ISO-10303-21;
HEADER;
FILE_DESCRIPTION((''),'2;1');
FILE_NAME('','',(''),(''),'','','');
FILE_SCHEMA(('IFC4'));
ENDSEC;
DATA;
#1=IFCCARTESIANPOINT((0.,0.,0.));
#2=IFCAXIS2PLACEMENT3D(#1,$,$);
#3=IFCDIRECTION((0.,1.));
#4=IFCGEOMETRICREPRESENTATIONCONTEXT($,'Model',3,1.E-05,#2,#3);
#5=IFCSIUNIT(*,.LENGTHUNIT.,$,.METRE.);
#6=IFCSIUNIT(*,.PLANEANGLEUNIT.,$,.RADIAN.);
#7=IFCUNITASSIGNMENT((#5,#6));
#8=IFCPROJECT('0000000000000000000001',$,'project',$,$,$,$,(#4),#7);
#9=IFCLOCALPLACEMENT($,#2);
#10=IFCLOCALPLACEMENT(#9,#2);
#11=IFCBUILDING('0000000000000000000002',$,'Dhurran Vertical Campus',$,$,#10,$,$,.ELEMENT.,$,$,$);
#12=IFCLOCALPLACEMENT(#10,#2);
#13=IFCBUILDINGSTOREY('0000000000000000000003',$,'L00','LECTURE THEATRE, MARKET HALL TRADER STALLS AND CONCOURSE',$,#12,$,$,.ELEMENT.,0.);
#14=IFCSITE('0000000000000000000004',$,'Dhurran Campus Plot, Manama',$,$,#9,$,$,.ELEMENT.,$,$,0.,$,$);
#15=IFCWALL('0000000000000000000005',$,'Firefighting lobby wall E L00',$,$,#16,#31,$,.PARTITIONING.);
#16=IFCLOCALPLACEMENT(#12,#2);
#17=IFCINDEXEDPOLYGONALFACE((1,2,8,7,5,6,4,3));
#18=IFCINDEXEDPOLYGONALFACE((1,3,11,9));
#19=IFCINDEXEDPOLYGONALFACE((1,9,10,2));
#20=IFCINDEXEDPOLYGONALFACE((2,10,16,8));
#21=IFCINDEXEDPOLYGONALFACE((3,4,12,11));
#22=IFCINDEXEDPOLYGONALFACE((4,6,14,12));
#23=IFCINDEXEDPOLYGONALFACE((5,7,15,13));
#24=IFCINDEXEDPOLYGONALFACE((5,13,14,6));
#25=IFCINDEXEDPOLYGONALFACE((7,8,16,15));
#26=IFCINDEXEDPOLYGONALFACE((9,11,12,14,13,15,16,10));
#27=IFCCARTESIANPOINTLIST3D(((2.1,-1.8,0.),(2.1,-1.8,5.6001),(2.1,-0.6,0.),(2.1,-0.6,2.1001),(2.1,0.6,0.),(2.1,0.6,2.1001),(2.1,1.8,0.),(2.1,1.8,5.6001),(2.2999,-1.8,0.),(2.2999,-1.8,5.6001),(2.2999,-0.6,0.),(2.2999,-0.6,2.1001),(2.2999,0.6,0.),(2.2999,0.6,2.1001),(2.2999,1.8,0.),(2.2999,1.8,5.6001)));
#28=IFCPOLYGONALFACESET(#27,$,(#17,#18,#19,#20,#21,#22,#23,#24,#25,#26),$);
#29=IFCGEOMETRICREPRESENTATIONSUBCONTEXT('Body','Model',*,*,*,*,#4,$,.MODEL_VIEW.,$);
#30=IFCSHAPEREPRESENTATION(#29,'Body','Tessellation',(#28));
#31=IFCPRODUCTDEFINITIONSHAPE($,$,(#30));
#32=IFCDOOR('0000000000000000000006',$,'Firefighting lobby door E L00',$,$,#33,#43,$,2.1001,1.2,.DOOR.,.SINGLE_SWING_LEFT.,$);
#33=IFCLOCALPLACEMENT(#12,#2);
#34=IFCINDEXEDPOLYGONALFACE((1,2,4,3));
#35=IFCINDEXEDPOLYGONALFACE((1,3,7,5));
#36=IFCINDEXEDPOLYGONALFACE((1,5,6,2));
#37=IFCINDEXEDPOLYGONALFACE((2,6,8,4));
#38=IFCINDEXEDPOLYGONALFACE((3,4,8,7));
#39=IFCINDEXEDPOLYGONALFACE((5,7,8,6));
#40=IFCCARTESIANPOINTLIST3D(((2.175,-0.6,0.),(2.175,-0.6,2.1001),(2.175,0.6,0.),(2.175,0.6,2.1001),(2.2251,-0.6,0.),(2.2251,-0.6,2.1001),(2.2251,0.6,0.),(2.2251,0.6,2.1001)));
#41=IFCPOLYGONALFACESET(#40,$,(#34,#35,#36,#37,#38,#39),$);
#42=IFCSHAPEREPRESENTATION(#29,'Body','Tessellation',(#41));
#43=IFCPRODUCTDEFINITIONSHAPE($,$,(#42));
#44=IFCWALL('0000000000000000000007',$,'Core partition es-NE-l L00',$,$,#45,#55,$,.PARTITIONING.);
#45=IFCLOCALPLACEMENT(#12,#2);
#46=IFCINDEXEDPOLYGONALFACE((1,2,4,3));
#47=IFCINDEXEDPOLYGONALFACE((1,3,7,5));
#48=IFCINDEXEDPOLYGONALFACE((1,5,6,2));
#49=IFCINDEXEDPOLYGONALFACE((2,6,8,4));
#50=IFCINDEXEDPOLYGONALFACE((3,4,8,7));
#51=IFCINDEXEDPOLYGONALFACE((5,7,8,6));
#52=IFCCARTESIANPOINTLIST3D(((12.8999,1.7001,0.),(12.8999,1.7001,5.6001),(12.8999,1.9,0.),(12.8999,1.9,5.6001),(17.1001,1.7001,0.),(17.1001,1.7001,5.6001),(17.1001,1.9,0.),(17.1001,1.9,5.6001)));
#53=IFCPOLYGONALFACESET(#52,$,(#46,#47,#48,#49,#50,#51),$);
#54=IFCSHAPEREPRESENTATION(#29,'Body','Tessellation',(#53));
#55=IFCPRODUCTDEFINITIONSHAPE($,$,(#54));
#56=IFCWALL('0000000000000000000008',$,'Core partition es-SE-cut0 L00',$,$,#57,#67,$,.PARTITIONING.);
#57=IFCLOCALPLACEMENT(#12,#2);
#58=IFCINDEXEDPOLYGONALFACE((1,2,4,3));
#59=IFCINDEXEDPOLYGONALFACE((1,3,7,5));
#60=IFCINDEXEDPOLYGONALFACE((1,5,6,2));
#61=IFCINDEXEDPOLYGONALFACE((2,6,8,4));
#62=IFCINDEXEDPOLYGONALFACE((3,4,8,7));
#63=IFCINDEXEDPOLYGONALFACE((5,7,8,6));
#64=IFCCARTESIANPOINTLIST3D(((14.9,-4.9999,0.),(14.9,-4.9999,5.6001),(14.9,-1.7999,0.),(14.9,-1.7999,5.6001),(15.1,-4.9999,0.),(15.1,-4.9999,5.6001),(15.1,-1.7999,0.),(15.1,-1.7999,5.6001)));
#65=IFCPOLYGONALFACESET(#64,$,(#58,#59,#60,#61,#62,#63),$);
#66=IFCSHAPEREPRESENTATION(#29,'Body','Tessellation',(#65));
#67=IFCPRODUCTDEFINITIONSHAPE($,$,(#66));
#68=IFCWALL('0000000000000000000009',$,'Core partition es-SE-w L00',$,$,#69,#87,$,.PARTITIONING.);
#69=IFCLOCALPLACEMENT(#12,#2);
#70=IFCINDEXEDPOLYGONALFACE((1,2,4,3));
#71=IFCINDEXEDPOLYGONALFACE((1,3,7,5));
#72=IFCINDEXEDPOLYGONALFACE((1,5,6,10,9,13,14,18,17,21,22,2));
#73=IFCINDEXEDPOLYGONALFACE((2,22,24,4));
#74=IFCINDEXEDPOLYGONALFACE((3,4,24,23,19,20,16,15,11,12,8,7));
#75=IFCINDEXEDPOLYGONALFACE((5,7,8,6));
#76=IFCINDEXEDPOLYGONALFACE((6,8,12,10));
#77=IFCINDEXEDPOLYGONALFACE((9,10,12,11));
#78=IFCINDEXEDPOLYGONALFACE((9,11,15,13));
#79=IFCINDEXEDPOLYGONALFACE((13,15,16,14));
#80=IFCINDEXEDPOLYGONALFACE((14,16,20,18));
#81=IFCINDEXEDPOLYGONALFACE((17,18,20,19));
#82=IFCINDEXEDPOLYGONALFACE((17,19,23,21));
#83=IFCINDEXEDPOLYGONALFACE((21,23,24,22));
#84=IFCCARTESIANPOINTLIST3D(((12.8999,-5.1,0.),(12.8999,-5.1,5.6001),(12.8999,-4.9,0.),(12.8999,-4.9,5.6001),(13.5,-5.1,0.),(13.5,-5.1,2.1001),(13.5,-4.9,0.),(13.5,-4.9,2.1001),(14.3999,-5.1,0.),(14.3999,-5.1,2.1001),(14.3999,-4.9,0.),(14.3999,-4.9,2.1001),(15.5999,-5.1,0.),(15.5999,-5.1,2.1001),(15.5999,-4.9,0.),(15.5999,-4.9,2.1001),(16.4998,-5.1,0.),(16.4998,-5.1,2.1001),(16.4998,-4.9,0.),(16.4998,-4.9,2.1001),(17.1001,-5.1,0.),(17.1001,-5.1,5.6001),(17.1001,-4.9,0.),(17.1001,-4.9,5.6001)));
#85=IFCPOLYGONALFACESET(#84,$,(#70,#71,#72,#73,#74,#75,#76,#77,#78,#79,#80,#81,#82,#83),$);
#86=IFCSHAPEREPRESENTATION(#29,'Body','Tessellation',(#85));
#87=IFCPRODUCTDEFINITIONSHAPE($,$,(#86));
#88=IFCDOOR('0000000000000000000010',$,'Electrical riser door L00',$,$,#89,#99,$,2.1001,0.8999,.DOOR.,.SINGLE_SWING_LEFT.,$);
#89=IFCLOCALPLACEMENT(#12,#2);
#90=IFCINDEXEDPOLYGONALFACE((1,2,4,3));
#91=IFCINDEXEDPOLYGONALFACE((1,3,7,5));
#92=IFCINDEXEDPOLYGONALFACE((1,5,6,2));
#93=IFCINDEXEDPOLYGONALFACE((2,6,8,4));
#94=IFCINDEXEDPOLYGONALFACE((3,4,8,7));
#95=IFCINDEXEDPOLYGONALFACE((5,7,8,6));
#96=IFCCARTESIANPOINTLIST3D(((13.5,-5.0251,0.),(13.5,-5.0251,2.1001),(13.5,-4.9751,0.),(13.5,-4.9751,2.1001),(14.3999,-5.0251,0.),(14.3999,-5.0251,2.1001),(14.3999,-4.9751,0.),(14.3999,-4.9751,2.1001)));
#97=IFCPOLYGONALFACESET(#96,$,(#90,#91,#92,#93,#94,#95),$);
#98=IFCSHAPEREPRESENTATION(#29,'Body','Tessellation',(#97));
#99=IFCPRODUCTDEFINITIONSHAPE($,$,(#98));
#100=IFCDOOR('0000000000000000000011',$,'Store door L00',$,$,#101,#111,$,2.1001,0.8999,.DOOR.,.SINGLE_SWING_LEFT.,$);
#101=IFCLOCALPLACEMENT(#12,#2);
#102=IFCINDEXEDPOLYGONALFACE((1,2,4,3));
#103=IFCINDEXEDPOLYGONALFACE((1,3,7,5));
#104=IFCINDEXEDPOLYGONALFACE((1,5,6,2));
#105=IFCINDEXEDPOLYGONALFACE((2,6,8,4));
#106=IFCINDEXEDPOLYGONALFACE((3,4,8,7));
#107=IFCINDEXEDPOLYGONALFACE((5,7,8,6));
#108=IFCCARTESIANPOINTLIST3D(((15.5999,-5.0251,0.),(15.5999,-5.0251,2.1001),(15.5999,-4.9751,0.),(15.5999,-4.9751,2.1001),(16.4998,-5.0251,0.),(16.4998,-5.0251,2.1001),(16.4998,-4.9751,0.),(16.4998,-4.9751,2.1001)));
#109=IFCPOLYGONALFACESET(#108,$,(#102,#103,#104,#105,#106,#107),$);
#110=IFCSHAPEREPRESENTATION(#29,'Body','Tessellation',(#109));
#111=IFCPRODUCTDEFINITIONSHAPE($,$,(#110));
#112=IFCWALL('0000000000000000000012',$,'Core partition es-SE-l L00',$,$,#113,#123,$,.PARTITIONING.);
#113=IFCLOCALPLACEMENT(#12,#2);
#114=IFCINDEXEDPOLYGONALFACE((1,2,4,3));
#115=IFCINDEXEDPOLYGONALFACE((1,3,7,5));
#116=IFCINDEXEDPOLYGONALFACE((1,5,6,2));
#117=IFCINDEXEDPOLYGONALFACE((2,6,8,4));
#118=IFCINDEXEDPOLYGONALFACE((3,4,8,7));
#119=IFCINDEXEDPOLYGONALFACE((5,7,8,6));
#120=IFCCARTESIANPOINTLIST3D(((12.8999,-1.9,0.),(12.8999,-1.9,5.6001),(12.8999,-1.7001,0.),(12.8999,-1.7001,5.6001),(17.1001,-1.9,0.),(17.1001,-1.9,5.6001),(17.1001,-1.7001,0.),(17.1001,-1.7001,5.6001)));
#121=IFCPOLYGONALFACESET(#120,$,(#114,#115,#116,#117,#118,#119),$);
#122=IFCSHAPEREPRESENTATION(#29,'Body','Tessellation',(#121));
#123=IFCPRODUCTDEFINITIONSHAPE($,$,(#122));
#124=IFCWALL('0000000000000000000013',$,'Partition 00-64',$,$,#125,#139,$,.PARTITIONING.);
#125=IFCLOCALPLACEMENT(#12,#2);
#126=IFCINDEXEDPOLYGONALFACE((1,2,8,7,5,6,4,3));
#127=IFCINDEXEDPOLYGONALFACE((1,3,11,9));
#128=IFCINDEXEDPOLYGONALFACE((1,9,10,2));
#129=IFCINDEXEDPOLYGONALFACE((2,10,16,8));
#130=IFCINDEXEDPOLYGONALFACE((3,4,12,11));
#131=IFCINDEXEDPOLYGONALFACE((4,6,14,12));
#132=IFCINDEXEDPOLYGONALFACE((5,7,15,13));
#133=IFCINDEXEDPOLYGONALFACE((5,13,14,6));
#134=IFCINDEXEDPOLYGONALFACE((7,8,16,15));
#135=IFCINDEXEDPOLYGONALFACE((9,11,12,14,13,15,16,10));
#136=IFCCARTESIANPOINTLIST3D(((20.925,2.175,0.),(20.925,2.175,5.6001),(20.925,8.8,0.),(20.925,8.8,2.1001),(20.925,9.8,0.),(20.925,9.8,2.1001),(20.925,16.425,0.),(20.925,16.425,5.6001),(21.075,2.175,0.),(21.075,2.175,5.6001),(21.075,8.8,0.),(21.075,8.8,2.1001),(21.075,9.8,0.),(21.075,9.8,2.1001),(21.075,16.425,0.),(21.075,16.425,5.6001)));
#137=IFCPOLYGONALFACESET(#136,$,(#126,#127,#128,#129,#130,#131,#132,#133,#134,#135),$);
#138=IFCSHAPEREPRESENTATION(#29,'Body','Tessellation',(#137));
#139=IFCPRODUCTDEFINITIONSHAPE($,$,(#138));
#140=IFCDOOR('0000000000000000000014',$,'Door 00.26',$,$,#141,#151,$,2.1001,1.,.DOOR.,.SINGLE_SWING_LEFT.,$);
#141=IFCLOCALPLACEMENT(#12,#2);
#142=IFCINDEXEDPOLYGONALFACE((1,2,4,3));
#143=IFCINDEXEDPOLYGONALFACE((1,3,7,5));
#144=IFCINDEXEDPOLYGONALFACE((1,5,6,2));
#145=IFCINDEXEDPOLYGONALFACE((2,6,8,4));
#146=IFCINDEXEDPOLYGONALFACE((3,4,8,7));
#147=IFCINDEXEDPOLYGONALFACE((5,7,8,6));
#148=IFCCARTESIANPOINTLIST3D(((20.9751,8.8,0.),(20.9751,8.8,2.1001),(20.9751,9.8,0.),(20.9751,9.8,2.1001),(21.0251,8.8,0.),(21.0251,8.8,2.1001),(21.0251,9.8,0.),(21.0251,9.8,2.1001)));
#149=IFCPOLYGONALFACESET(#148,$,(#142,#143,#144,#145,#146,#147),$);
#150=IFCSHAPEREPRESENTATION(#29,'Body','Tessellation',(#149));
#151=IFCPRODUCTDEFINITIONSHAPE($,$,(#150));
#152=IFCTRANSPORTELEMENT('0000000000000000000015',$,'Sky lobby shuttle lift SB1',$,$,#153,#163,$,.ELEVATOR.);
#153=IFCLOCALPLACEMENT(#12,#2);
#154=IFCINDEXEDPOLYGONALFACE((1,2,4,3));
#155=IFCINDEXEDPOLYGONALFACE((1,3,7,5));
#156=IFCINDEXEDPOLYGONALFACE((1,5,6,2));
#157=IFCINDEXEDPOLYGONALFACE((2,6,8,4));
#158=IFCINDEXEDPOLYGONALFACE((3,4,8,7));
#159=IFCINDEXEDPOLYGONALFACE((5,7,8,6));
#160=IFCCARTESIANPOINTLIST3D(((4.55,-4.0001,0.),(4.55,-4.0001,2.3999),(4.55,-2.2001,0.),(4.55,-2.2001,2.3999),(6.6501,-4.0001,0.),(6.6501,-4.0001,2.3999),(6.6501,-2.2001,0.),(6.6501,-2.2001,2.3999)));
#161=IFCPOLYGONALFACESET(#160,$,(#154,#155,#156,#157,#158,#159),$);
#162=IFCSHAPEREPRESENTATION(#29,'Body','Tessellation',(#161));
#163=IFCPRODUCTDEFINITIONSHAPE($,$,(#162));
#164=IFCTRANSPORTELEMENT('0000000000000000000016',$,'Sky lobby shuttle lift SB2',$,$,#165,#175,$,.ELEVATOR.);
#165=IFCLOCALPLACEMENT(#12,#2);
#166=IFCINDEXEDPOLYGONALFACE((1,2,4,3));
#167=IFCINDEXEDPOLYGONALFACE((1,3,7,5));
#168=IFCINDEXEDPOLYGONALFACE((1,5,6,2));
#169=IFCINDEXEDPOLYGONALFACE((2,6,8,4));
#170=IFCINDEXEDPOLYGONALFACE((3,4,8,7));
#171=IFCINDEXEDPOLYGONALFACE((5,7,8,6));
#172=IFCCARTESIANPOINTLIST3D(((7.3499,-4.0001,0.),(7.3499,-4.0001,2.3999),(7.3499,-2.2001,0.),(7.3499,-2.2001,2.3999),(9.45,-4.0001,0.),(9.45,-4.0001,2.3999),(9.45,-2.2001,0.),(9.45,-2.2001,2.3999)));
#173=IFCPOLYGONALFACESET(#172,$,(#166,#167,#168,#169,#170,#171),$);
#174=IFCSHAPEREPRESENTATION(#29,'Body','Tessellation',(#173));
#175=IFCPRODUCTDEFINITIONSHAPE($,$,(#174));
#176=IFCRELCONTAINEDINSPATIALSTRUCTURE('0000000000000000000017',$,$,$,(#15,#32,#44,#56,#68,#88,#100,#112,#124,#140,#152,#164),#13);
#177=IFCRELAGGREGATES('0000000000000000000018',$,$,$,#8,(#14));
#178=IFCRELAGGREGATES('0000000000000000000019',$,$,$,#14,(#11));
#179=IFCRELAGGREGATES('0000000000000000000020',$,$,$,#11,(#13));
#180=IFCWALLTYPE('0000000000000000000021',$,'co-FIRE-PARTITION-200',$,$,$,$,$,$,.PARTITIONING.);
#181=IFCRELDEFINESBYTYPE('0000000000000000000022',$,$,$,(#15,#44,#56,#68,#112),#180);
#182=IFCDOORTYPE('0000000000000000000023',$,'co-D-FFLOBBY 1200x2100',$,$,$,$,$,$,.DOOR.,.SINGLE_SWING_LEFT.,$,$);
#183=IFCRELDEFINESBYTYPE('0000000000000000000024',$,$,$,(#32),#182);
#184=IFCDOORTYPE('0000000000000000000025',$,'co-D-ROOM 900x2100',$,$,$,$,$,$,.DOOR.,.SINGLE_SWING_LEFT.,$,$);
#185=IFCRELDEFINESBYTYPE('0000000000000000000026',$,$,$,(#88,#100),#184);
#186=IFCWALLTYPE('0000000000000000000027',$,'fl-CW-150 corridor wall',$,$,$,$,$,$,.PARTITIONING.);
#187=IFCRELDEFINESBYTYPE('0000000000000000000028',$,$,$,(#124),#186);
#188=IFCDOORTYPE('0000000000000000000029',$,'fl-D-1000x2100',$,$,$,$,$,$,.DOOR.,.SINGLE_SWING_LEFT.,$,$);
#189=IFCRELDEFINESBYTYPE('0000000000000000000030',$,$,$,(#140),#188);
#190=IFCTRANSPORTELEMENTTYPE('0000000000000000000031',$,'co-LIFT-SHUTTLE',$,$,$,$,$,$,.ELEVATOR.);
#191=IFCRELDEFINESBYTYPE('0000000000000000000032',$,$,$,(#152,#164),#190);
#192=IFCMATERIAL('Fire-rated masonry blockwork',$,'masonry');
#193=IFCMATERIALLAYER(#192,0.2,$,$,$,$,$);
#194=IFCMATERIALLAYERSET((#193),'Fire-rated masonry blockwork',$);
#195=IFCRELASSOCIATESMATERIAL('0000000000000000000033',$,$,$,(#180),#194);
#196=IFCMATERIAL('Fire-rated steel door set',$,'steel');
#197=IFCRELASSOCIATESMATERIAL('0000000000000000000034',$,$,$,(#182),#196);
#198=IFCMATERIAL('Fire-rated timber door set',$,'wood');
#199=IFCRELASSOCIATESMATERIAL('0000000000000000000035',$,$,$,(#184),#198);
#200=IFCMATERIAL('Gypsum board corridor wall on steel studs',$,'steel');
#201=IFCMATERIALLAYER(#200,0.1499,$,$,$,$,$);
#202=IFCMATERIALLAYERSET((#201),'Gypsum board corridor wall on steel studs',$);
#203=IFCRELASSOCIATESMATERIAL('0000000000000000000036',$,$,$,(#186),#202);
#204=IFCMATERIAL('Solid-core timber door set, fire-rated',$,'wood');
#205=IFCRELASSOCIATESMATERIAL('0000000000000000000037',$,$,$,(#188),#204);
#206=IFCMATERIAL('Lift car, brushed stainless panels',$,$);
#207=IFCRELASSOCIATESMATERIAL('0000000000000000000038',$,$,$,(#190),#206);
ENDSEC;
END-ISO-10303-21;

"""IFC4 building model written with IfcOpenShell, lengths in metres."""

from ifc_helpers import new_model, si_unit, direction, frame, frame_2d, origin, origin_2d, place, context, subcontext, project, spatial, rectangle, extrude, material, layer, layer_set, type_object, element, fill, save


model = new_model("IFC4")

# Units and contexts
model_context = context("Model", 3, precision=1e-05, world=origin(), true_north=direction((0.0, 1.0)))
body_context = subcontext(model_context, "Body", "Model", "MODEL_VIEW")
ifc_project = project(units=[si_unit("LENGTHUNIT", "METRE"), si_unit("PLANEANGLEUNIT", "RADIAN")], contexts=[model_context])

# Site, building, storey
site_placement = place(None, origin())
site = spatial("IfcSite", under=ifc_project, at=site_placement, Name="Dhurran Campus Plot, Manama", CompositionType="ELEMENT", RefElevation=0.0)
building_placement = place(site_placement, origin())
building = spatial("IfcBuilding", under=site, at=building_placement, Name="Dhurran Vertical Campus", CompositionType="ELEMENT")
storey_placement = place(building_placement, origin())
storey = spatial("IfcBuildingStorey", under=building, at=storey_placement, Name="L00", Description="LECTURE THEATRE, MARKET HALL TRADER STALLS AND CONCOURSE", CompositionType="ELEMENT", Elevation=0.0)

# Wall, opening, door
ifc_material_1 = material(Name="Fire-rated masonry blockwork", Category="masonry")
ifc_layer_1 = layer(ifc_material_1, 0.2)
ifc_layer_set_1 = layer_set([ifc_layer_1], Name="Fire-rated masonry blockwork")
wall_type_1 = type_object("IfcWallType", Name="co-FIRE-PARTITION-200", PredefinedType="PARTITIONING", material=ifc_layer_set_1)
wall_1_placement = place(storey_placement, frame((2.2, -1.8, 0.0), z_axis=(0.0, 0.0, 1.0), x_axis=(0.0, 1.0, 0.0)))
wall_1 = element("IfcWall", 1, at=wall_1_placement, inside=storey, type_object=wall_type_1, Name="Firefighting lobby wall E L00", PredefinedType="PARTITIONING", context=body_context, shape_type="SweptSolid", body=[
    extrude(rectangle(XDim=3.6001, YDim=0.2, at=frame_2d((1.8, 0.0))), origin(), (0.0, 0.0, 1.0), 5.6001),
])
opening_1_placement = place(wall_1_placement, frame((1.2, 0.0, 0.0)))
opening_1 = element("IfcOpeningElement", 2, at=opening_1_placement, cuts=wall_1, PredefinedType="OPENING", context=body_context, shape_type="SweptSolid", body=[
    extrude(rectangle(XDim=1.2, YDim=2.1001, at=frame_2d((0.6001, 1.05))), frame((0.0, 0.1099, 0.0), z_axis=(0.0, -1.0, 0.0), x_axis=(1.0, 0.0, 0.0)), (0.0, 0.0, 1.0), 0.22),
])
ifc_material_2 = material(Name="Fire-rated steel door set", Category="steel")
door_type_1 = type_object("IfcDoorType", Name="co-D-FFLOBBY 1200x2100", OperationType="SINGLE_SWING_LEFT", PredefinedType="DOOR", material=ifc_material_2)
door_1_placement = place(opening_1_placement, origin())
door_1 = element("IfcDoor", 3, at=door_1_placement, inside=storey, type_object=door_type_1, Name="Firefighting lobby door E L00", OperationType="SINGLE_SWING_LEFT", OverallHeight=2.1001, OverallWidth=1.2, PredefinedType="DOOR", context=body_context, shape_type="SweptSolid", body=[
    extrude(rectangle(XDim=1.2, YDim=2.1001, at=frame_2d((0.6001, 1.05))), frame((0.0, 0.0249, 0.0), z_axis=(0.0, -1.0, 0.0), x_axis=(1.0, 0.0, 0.0)), (0.0, 0.0, 1.0), 0.05),
])
fill(opening_1, door_1)

# Walls
wall_2_placement = place(storey_placement, frame((12.8999, 1.8, 0.0), z_axis=(0.0, 0.0, 1.0), x_axis=(1.0, 0.0, 0.0)))
element("IfcWall", 4, at=wall_2_placement, inside=storey, type_object=wall_type_1, Name="Core partition es-NE-l L00", PredefinedType="PARTITIONING", context=body_context, shape_type="SweptSolid", body=[
    extrude(rectangle(XDim=4.2002, YDim=0.2, at=frame_2d((2.1001, 0.0))), origin(), (0.0, 0.0, 1.0), 5.6001),
])
wall_3_placement = place(storey_placement, frame((15.0, -5.0, 0.0), z_axis=(0.0, 0.0, 1.0), x_axis=(0.0, 1.0, 0.0)))
element("IfcWall", 5, at=wall_3_placement, inside=storey, type_object=wall_type_1, Name="Core partition es-SE-cut0 L00", PredefinedType="PARTITIONING", context=body_context, shape_type="SweptSolid", body=[
    extrude(rectangle(XDim=3.2, YDim=0.2, at=frame_2d((1.6001, 0.0))), origin(), (0.0, 0.0, 1.0), 5.6001),
])

# Wall, openings, doors
wall_4_placement = place(storey_placement, frame((12.8999, -5.0, 0.0), z_axis=(0.0, 0.0, 1.0), x_axis=(1.0, 0.0, 0.0)))
wall_4 = element("IfcWall", 6, at=wall_4_placement, inside=storey, type_object=wall_type_1, Name="Core partition es-SE-w L00", PredefinedType="PARTITIONING", context=body_context, shape_type="SweptSolid", body=[
    extrude(rectangle(XDim=4.2002, YDim=0.2, at=frame_2d((2.1001, 0.0))), origin(), (0.0, 0.0, 1.0), 5.6001),
])
opening_2_placement = place(wall_4_placement, frame((0.6001, 0.0, 0.0)))
opening_2 = element("IfcOpeningElement", 7, at=opening_2_placement, cuts=wall_4, PredefinedType="OPENING", context=body_context, shape_type="SweptSolid", body=[
    extrude(rectangle(XDim=0.8999, YDim=2.1001, at=frame_2d((0.45, 1.05))), frame((0.0, 0.1099, 0.0), z_axis=(0.0, -1.0, 0.0), x_axis=(1.0, 0.0, 0.0)), (0.0, 0.0, 1.0), 0.22),
])
opening_3_placement = place(wall_4_placement, frame((2.7, 0.0, 0.0)))
opening_3 = element("IfcOpeningElement", 8, at=opening_3_placement, cuts=wall_4, PredefinedType="OPENING", context=body_context, shape_type="SweptSolid", body=[
    extrude(rectangle(XDim=0.8999, YDim=2.1001, at=frame_2d((0.45, 1.05))), frame((0.0, 0.1099, 0.0), z_axis=(0.0, -1.0, 0.0), x_axis=(1.0, 0.0, 0.0)), (0.0, 0.0, 1.0), 0.22),
])
ifc_material_3 = material(Name="Fire-rated timber door set", Category="wood")
door_type_2 = type_object("IfcDoorType", Name="co-D-ROOM 900x2100", OperationType="SINGLE_SWING_LEFT", PredefinedType="DOOR", material=ifc_material_3)
door_2_placement = place(opening_2_placement, origin())
door_2 = element("IfcDoor", 9, at=door_2_placement, inside=storey, type_object=door_type_2, Name="Electrical riser door L00", OperationType="SINGLE_SWING_LEFT", OverallHeight=2.1001, OverallWidth=0.8999, PredefinedType="DOOR", context=body_context, shape_type="SweptSolid", body=[
    extrude(rectangle(XDim=0.8999, YDim=2.1001, at=frame_2d((0.45, 1.05))), frame((0.0, 0.0249, 0.0), z_axis=(0.0, -1.0, 0.0), x_axis=(1.0, 0.0, 0.0)), (0.0, 0.0, 1.0), 0.05),
])
fill(opening_2, door_2)
door_3_placement = place(opening_3_placement, origin())
door_3 = element("IfcDoor", 10, at=door_3_placement, inside=storey, type_object=door_type_2, Name="Store door L00", OperationType="SINGLE_SWING_LEFT", OverallHeight=2.1001, OverallWidth=0.8999, PredefinedType="DOOR", context=body_context, shape_type="SweptSolid", body=[
    extrude(rectangle(XDim=0.8999, YDim=2.1001, at=frame_2d((0.45, 1.05))), frame((0.0, 0.0249, 0.0), z_axis=(0.0, -1.0, 0.0), x_axis=(1.0, 0.0, 0.0)), (0.0, 0.0, 1.0), 0.05),
])
fill(opening_3, door_3)

# Wall
wall_5_placement = place(storey_placement, frame((12.8999, -1.8, 0.0), z_axis=(0.0, 0.0, 1.0), x_axis=(1.0, 0.0, 0.0)))
element("IfcWall", 11, at=wall_5_placement, inside=storey, type_object=wall_type_1, Name="Core partition es-SE-l L00", PredefinedType="PARTITIONING", context=body_context, shape_type="SweptSolid", body=[
    extrude(rectangle(XDim=4.2002, YDim=0.2, at=frame_2d((2.1001, 0.0))), origin(), (0.0, 0.0, 1.0), 5.6001),
])

# Wall, opening, door
ifc_material_4 = material(Name="Gypsum board corridor wall on steel studs", Category="steel")
ifc_layer_2 = layer(ifc_material_4, 0.1499)
ifc_layer_set_2 = layer_set([ifc_layer_2], Name="Gypsum board corridor wall on steel studs")
wall_type_2 = type_object("IfcWallType", Name="fl-CW-150 corridor wall", PredefinedType="PARTITIONING", material=ifc_layer_set_2)
wall_6_placement = place(storey_placement, frame((21.0, 2.175, 0.0), z_axis=(0.0, 0.0, 1.0), x_axis=(0.0, 1.0, 0.0)))
wall_6 = element("IfcWall", 12, at=wall_6_placement, inside=storey, type_object=wall_type_2, Name="Partition 00-64", PredefinedType="PARTITIONING", context=body_context, shape_type="SweptSolid", body=[
    extrude(rectangle(XDim=14.25, YDim=0.1499, at=frame_2d((7.125, 0.0))), origin(), (0.0, 0.0, 1.0), 5.6001),
])
opening_4_placement = place(wall_6_placement, frame((6.625, 0.0, 0.0)))
opening_4 = element("IfcOpeningElement", 13, at=opening_4_placement, cuts=wall_6, PredefinedType="OPENING", context=body_context, shape_type="SweptSolid", body=[
    extrude(rectangle(XDim=1.0, YDim=2.1001, at=frame_2d((0.5, 1.05))), frame((0.0, 0.085, 0.0), z_axis=(0.0, -1.0, 0.0), x_axis=(1.0, 0.0, 0.0)), (0.0, 0.0, 1.0), 0.1699),
])
ifc_material_5 = material(Name="Solid-core timber door set, fire-rated", Category="wood")
door_type_3 = type_object("IfcDoorType", Name="fl-D-1000x2100", OperationType="SINGLE_SWING_LEFT", PredefinedType="DOOR", material=ifc_material_5)
door_4_placement = place(opening_4_placement, origin())
door_4 = element("IfcDoor", 14, at=door_4_placement, inside=storey, type_object=door_type_3, Name="Door 00.26", OperationType="SINGLE_SWING_LEFT", OverallHeight=2.1001, OverallWidth=1.0, PredefinedType="DOOR", context=body_context, shape_type="SweptSolid", body=[
    extrude(rectangle(XDim=1.0, YDim=2.1001, at=frame_2d((0.5, 1.05))), frame((0.0, 0.0249, 0.0), z_axis=(0.0, -1.0, 0.0), x_axis=(1.0, 0.0, 0.0)), (0.0, 0.0, 1.0), 0.05),
])
fill(opening_4, door_4)

# Transport elements
ifc_material_6 = material(Name="Lift car, brushed stainless panels")
transport_element_type = type_object("IfcTransportElementType", Name="co-LIFT-SHUTTLE", PredefinedType="ELEVATOR", material=ifc_material_6)
for number, where, z_axis, x_axis, name in (
    (15, (5.6001, -3.1001, 0.0), (0.0, 0.0, 1.0), (1.0, 0.0, 0.0), "Sky lobby shuttle lift SB1"),
    (16, (8.3999, -3.1001, 0.0), (0.0, 0.0, 1.0), (1.0, 0.0, 0.0), "Sky lobby shuttle lift SB2"),
):
    element("IfcTransportElement", number, at=place(storey_placement, frame(where, z_axis=z_axis, x_axis=x_axis)), inside=storey, type_object=transport_element_type, Name=name, PredefinedType="ELEVATOR", context=body_context, shape_type="SweptSolid", body=[
        extrude(rectangle(XDim=2.1001, YDim=1.8, at=origin_2d()), origin(), (0.0, 0.0, 1.0), 2.3999),
    ])

save(model, "model.ifc")
